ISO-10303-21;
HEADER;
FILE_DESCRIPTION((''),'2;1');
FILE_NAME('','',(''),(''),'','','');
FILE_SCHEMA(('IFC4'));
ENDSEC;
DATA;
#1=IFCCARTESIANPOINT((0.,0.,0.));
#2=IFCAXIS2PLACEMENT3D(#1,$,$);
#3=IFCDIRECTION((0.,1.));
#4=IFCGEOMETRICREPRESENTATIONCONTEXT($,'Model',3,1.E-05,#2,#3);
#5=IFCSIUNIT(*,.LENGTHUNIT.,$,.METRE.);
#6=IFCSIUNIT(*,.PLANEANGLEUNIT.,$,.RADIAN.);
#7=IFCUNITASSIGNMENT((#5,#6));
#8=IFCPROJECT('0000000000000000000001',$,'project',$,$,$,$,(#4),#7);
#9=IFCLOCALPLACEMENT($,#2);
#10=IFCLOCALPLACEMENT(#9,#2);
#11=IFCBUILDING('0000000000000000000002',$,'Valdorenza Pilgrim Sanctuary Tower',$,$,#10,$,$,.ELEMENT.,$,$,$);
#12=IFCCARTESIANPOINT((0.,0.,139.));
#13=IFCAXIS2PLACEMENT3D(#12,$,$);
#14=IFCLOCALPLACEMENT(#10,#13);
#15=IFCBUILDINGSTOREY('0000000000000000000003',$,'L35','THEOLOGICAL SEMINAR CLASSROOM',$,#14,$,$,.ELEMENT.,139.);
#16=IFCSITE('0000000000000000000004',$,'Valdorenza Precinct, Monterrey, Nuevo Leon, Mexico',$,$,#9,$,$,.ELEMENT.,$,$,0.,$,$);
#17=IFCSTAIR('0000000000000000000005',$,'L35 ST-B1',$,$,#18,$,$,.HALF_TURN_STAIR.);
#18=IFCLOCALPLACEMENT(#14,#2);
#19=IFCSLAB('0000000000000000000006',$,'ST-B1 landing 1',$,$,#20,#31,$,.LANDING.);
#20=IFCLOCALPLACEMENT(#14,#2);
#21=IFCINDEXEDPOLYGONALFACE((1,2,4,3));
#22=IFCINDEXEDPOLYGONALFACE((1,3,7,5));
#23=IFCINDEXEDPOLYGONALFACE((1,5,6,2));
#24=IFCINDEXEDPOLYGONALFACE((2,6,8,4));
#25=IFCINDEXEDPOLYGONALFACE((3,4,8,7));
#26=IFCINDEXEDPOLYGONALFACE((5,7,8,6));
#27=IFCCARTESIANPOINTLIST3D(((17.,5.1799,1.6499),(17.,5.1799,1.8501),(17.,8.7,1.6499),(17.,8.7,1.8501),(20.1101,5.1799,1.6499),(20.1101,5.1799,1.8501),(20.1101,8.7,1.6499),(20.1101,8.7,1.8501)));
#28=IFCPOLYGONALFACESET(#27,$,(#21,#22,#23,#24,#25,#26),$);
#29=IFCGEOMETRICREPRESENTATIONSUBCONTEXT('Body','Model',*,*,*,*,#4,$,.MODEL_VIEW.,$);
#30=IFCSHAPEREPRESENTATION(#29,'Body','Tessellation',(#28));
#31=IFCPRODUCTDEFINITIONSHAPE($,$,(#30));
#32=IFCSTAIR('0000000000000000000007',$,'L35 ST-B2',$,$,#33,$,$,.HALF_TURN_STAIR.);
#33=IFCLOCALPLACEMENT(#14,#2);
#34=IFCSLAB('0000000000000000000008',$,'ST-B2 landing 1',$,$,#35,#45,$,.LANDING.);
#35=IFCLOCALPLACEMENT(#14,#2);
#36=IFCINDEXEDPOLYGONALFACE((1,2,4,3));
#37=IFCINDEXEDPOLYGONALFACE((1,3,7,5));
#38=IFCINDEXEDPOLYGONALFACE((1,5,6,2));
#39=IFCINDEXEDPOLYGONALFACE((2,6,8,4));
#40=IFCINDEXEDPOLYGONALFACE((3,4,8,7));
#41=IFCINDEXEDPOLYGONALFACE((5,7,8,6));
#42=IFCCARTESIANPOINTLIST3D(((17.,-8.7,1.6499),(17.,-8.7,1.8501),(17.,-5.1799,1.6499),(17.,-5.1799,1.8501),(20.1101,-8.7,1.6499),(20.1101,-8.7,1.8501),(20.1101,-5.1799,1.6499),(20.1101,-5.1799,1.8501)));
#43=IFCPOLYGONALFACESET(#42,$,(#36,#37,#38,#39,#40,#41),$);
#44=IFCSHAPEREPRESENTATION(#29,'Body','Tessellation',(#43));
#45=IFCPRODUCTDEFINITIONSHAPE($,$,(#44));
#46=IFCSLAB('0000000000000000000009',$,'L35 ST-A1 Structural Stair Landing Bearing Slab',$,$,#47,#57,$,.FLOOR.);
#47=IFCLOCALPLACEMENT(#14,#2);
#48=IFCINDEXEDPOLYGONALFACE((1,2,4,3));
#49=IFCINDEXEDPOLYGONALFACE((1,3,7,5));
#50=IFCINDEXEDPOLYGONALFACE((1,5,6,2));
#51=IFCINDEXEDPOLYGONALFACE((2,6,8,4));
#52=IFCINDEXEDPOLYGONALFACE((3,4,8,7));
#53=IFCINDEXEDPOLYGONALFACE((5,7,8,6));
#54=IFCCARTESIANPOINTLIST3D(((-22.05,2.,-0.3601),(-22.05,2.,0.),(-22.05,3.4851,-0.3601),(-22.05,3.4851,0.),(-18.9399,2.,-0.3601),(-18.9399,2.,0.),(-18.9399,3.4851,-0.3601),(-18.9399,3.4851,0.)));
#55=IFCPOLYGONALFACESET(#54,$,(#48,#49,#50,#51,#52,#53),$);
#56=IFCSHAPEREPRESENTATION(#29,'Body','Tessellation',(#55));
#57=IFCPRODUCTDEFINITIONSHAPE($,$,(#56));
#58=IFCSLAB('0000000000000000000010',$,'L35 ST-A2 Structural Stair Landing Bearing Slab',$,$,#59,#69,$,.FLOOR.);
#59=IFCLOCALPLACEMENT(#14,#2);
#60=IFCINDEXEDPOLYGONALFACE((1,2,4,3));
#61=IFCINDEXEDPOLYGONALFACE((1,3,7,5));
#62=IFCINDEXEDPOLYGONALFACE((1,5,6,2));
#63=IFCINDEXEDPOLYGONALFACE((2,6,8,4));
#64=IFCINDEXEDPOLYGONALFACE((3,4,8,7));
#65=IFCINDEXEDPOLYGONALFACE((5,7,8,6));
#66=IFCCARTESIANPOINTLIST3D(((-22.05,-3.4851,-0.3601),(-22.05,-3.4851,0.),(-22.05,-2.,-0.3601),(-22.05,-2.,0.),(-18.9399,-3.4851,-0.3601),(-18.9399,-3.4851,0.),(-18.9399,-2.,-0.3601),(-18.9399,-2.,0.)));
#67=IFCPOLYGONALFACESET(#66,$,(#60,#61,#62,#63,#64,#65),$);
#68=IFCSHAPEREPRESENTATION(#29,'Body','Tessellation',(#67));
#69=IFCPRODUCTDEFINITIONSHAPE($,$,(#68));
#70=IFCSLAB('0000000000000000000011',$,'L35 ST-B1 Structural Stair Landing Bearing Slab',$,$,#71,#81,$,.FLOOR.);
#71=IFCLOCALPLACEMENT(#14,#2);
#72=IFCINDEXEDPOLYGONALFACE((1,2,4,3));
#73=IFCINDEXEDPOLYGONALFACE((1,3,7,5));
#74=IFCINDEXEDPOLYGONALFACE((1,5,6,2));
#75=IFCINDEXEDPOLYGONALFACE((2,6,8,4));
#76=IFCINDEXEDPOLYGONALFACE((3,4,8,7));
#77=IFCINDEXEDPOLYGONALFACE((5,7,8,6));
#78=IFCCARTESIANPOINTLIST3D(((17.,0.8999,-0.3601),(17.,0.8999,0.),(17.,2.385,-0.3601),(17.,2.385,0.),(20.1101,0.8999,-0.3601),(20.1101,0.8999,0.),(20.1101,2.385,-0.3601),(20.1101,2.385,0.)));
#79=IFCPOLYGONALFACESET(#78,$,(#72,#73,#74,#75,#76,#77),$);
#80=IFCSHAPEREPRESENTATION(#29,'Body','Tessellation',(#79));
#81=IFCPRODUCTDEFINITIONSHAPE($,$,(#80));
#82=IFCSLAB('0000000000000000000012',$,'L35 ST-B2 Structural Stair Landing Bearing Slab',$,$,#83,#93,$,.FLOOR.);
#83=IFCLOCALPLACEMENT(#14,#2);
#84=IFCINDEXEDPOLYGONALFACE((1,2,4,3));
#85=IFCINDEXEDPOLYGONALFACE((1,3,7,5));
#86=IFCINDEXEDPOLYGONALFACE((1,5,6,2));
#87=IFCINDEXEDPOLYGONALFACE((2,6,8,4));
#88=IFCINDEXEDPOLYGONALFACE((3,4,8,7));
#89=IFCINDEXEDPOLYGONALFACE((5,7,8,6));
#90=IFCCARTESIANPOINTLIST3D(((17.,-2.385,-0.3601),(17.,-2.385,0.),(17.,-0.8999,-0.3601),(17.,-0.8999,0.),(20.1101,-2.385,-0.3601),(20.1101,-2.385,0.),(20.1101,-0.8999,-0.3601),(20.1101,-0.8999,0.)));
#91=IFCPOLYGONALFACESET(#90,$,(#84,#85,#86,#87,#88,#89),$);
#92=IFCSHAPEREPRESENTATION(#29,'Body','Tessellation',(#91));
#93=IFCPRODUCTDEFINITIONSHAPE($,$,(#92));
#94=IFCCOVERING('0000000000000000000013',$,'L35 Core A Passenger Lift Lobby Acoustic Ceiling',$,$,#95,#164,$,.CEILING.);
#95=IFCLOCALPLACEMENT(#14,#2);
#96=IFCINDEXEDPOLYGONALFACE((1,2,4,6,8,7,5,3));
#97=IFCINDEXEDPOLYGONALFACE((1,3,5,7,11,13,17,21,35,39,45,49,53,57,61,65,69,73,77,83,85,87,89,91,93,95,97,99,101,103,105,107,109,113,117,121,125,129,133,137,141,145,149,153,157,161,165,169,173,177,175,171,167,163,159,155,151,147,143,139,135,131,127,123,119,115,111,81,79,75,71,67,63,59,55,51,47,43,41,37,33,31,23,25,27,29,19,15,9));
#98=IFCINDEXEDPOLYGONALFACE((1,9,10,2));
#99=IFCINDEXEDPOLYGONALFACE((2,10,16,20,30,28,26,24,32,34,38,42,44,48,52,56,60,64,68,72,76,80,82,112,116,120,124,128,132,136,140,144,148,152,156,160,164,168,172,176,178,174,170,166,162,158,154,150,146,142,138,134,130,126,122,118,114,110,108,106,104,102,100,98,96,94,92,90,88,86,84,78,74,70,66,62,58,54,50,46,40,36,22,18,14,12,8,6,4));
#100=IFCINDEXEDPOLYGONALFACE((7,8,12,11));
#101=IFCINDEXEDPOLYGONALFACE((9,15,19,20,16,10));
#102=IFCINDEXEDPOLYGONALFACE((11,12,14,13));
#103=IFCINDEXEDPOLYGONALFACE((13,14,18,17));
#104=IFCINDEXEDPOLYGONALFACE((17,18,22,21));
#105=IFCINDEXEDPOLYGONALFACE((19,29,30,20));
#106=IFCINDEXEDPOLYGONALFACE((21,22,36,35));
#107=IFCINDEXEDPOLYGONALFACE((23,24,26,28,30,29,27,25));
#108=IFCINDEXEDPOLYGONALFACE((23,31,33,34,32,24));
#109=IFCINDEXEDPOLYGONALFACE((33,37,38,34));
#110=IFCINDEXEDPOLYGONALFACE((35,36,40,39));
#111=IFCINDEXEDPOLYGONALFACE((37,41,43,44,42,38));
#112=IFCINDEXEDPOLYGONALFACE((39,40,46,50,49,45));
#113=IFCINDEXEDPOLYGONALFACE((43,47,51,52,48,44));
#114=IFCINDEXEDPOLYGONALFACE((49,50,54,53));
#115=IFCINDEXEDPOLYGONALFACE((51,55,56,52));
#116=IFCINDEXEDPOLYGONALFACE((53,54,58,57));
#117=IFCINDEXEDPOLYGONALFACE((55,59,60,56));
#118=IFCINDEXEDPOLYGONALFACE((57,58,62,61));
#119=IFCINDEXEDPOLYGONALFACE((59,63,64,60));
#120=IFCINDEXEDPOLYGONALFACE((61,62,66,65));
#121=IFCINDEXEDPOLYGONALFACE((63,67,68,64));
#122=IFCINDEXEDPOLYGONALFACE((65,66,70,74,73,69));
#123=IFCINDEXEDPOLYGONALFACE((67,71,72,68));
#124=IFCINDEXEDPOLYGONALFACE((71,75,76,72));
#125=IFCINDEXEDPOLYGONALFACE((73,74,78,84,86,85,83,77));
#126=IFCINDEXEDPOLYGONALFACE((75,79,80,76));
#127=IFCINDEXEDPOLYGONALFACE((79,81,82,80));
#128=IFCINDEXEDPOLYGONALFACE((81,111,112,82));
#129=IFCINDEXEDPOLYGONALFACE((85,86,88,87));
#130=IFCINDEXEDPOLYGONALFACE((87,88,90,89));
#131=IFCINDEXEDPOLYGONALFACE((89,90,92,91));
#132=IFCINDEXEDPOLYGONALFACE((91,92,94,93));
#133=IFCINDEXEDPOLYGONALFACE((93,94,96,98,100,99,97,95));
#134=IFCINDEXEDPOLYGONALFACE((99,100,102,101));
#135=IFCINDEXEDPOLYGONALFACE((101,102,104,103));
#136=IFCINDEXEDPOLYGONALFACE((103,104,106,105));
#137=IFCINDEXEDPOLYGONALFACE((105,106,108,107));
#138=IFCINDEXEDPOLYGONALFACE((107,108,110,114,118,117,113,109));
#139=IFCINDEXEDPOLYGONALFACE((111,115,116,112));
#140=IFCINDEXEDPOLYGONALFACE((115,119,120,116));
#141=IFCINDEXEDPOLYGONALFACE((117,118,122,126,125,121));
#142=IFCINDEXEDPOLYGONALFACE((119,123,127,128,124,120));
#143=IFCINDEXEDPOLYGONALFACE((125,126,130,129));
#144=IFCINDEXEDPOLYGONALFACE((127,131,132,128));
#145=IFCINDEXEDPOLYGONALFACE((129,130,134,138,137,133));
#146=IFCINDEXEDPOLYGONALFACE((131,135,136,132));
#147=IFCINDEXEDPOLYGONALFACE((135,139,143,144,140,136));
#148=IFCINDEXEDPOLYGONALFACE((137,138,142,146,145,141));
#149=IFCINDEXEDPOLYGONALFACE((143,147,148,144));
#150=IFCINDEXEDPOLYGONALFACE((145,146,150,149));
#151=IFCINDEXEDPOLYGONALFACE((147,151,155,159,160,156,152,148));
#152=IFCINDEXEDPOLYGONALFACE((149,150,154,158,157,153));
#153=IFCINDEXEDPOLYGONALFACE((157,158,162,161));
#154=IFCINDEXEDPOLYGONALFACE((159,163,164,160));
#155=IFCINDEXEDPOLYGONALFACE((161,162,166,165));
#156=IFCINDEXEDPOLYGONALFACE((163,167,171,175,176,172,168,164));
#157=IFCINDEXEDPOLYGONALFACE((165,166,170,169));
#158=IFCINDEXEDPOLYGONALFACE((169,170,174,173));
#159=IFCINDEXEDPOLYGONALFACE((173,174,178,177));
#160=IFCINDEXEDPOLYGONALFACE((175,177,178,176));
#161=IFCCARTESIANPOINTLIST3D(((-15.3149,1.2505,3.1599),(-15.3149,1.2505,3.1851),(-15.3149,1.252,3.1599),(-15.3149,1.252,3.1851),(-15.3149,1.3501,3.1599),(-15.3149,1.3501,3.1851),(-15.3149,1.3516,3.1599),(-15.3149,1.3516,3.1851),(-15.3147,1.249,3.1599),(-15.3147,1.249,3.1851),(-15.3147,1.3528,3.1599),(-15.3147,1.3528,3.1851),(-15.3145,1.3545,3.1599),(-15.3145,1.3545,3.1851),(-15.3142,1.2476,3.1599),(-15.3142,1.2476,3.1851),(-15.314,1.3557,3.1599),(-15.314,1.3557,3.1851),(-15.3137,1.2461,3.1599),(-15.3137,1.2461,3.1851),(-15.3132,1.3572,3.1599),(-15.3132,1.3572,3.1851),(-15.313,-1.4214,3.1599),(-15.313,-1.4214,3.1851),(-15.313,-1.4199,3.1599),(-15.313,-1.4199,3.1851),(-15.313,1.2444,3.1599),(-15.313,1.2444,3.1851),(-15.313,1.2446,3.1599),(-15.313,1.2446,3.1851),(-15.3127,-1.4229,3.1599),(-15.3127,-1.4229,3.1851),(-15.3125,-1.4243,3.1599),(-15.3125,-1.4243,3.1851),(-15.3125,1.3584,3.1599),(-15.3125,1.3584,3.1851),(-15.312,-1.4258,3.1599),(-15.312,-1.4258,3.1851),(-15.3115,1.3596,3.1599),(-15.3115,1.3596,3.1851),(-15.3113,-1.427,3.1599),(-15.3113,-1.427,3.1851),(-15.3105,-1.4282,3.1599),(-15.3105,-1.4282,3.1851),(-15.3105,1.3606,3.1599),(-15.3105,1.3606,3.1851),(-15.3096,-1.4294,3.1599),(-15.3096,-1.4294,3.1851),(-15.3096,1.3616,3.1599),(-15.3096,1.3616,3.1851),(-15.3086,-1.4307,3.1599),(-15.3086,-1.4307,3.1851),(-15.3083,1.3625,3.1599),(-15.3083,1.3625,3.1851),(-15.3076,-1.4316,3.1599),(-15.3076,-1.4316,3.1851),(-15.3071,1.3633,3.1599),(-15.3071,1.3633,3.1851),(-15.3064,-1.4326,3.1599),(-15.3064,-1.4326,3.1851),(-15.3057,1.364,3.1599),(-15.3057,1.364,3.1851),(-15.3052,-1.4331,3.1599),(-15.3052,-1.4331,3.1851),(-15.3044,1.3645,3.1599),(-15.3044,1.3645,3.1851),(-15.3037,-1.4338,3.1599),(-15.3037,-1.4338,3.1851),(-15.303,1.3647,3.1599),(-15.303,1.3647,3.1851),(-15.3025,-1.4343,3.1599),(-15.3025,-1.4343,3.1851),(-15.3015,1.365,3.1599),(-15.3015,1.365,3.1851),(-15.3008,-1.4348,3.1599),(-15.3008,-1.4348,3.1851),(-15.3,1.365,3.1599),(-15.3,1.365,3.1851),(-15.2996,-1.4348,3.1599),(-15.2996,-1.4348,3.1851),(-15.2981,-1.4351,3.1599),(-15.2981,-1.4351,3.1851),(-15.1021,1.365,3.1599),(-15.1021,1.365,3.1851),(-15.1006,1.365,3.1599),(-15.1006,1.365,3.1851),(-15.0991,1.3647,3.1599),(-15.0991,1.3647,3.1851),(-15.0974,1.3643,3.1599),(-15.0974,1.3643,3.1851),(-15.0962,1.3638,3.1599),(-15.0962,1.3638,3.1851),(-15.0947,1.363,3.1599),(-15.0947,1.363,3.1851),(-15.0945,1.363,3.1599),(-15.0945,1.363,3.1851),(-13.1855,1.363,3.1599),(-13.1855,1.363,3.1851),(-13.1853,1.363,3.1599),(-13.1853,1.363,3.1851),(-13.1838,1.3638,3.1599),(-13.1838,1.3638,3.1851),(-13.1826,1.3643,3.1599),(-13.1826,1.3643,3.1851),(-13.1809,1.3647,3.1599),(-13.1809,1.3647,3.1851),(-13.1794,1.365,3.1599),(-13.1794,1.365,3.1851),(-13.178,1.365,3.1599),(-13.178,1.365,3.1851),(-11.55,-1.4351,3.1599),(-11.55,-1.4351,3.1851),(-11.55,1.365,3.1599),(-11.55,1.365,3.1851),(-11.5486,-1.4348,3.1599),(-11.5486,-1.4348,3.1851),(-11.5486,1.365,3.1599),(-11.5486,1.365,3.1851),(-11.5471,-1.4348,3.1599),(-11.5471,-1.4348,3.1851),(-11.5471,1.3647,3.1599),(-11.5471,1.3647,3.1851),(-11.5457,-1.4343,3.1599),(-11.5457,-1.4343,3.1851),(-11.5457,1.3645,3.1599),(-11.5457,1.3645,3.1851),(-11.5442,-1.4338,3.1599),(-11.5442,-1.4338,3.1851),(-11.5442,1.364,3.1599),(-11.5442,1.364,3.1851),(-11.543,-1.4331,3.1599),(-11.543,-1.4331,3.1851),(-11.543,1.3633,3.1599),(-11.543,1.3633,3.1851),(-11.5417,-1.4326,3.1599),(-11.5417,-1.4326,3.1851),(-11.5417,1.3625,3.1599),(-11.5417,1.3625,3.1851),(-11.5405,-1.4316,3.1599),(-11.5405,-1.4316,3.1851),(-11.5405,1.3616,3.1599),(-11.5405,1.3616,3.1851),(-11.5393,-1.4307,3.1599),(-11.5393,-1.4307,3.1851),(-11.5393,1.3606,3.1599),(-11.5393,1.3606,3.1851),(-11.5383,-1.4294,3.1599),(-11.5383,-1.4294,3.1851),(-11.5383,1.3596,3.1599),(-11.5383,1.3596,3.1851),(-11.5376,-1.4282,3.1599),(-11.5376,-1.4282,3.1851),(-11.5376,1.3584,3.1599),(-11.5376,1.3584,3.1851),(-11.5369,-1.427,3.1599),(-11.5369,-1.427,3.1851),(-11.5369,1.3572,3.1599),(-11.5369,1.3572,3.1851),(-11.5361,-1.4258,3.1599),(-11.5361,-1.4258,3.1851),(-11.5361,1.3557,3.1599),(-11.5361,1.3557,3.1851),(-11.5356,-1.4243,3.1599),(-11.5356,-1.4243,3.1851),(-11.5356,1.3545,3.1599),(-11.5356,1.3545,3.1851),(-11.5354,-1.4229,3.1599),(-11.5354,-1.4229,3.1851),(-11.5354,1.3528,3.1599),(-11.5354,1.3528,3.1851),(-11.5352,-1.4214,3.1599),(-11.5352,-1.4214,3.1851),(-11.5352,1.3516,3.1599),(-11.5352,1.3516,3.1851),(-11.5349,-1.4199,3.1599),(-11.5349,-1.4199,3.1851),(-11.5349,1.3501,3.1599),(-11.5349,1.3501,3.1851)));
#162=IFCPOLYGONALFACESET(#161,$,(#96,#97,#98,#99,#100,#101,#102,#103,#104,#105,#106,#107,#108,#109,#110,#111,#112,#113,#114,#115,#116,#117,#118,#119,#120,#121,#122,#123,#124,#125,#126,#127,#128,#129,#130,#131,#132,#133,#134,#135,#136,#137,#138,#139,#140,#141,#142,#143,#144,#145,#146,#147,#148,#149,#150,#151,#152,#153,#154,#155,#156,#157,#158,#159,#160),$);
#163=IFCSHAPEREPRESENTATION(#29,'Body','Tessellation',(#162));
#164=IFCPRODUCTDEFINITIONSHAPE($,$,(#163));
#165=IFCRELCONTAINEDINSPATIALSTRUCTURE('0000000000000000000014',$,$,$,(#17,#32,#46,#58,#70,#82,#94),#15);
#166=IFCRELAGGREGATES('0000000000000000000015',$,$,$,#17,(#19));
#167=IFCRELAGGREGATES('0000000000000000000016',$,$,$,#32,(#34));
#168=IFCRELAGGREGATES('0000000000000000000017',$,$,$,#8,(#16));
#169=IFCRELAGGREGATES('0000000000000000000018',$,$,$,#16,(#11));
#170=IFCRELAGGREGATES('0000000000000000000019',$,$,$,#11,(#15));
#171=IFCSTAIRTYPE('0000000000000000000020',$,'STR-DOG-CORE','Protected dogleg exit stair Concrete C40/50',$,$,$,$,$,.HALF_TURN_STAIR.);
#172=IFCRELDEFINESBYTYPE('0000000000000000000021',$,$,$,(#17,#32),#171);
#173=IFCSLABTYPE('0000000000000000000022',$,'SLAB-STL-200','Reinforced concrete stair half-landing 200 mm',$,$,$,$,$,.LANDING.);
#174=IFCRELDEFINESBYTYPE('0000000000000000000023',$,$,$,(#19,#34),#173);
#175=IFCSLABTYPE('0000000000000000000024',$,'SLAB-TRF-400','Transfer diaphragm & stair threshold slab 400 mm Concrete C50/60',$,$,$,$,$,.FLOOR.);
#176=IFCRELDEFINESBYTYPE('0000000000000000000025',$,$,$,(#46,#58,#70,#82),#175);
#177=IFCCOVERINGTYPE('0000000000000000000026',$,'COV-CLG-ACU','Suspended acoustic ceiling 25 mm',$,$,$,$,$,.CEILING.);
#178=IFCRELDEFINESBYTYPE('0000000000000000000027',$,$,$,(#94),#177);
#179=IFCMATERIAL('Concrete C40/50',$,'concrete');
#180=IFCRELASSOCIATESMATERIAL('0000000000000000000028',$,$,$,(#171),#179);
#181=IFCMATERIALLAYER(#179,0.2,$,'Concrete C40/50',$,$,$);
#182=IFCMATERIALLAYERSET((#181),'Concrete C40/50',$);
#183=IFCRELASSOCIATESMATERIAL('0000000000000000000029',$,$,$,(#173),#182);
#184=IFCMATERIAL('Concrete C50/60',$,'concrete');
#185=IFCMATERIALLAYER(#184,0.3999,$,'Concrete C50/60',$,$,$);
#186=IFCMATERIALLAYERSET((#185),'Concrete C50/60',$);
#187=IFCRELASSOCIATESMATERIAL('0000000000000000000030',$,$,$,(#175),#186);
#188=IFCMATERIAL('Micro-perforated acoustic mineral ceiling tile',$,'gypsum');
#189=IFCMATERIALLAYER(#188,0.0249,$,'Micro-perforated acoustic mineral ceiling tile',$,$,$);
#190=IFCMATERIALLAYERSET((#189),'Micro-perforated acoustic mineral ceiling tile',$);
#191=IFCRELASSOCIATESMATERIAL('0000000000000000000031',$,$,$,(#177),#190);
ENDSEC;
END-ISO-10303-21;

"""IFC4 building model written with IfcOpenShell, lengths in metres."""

from ifc_helpers import new_model, si_unit, direction, frame, origin, place, context, subcontext, project, spatial, polyline, outline, extrude, material, layer, layer_set, type_object, element, aggregate, save


model = new_model("IFC4")

# Units and contexts
model_context = context("Model", 3, precision=1e-05, world=origin(), true_north=direction((0.0, 1.0)))
body_context = subcontext(model_context, "Body", "Model", "MODEL_VIEW")
ifc_project = project(units=[si_unit("LENGTHUNIT", "METRE"), si_unit("PLANEANGLEUNIT", "RADIAN")], contexts=[model_context])

# Site, building, storey
site_placement = place(None, origin())
site = spatial("IfcSite", under=ifc_project, at=site_placement, Name="Valdorenza Precinct, Monterrey, Nuevo Leon, Mexico", CompositionType="ELEMENT", RefElevation=0.0)
building_placement = place(site_placement, origin())
building = spatial("IfcBuilding", under=site, at=building_placement, Name="Valdorenza Pilgrim Sanctuary Tower", CompositionType="ELEMENT")
storey_placement = place(building_placement, frame((0.0, 0.0, 139.0)))
storey = spatial("IfcBuildingStorey", under=building, at=storey_placement, Name="L35", Description="THEOLOGICAL SEMINAR CLASSROOM", CompositionType="ELEMENT", Elevation=139.0)

# Shared definitions
ifc_material_1 = material(Name="Concrete C40/50", Category="concrete")

# Stairs, slabs
stair_type = type_object("IfcStairType", Name="STR-DOG-CORE", Description="Protected dogleg exit stair Concrete C40/50", PredefinedType="HALF_TURN_STAIR", material=ifc_material_1)
ifc_layer_1 = layer(ifc_material_1, 0.2, Name="Concrete C40/50")
ifc_layer_set_1 = layer_set([ifc_layer_1], Name="Concrete C40/50")
slab_type_1 = type_object("IfcSlabType", Name="SLAB-STL-200", Description="Reinforced concrete stair half-landing 200 mm", PredefinedType="LANDING", material=ifc_layer_set_1)
stair_1_placement = place(storey_placement, origin())
stair_1 = element("IfcStair", 1, at=stair_1_placement, inside=storey, type_object=stair_type, Name="L35 ST-B1", PredefinedType="HALF_TURN_STAIR")
slab_1_placement = place(storey_placement, frame((0.0, 0.0, 1.6499)))
slab_1 = element("IfcSlab", 2, at=slab_1_placement, type_object=slab_type_1, Name="ST-B1 landing 1", PredefinedType="LANDING", context=body_context, shape_type="SweptSolid", body=[
    extrude(outline(polyline([(20.1101, 5.1799), (20.1101, 8.7), (17.0, 8.7), (17.0, 5.1799), (20.1101, 5.1799)])), origin(), (0.0, 0.0, 1.0), 0.2002),
])
aggregate(stair_1, [slab_1])
stair_2_placement = place(storey_placement, origin())
stair_2 = element("IfcStair", 3, at=stair_2_placement, inside=storey, type_object=stair_type, Name="L35 ST-B2", PredefinedType="HALF_TURN_STAIR")
slab_2_placement = place(storey_placement, frame((0.0, 0.0, 1.6499)))
slab_2 = element("IfcSlab", 4, at=slab_2_placement, type_object=slab_type_1, Name="ST-B2 landing 1", PredefinedType="LANDING", context=body_context, shape_type="SweptSolid", body=[
    extrude(outline(polyline([(17.0, -5.1799), (17.0, -8.7), (20.1101, -8.7), (20.1101, -5.1799), (17.0, -5.1799)])), origin(), (0.0, 0.0, 1.0), 0.2002),
])
aggregate(stair_2, [slab_2])

# Slabs
ifc_material_2 = material(Name="Concrete C50/60", Category="concrete")
ifc_layer_2 = layer(ifc_material_2, 0.3999, Name="Concrete C50/60")
ifc_layer_set_2 = layer_set([ifc_layer_2], Name="Concrete C50/60")
slab_type_2 = type_object("IfcSlabType", Name="SLAB-TRF-400", Description="Transfer diaphragm & stair threshold slab 400 mm Concrete C50/60", PredefinedType="FLOOR", material=ifc_layer_set_2)
slab_3_placement = place(storey_placement, frame((0.0, 0.0, -0.3601)))
element("IfcSlab", 5, at=slab_3_placement, inside=storey, type_object=slab_type_2, Name="L35 ST-A1 Structural Stair Landing Bearing Slab", PredefinedType="FLOOR", context=body_context, shape_type="SweptSolid", body=[
    extrude(outline(polyline([(-22.05, 2.0), (-18.9399, 2.0), (-18.9399, 3.4851), (-22.05, 3.4851), (-22.05, 2.0)])), origin(), (0.0, 0.0, 1.0), 0.3601),
])
slab_4_placement = place(storey_placement, frame((0.0, 0.0, -0.3601)))
element("IfcSlab", 6, at=slab_4_placement, inside=storey, type_object=slab_type_2, Name="L35 ST-A2 Structural Stair Landing Bearing Slab", PredefinedType="FLOOR", context=body_context, shape_type="SweptSolid", body=[
    extrude(outline(polyline([(-22.05, -3.4851), (-18.9399, -3.4851), (-18.9399, -2.0), (-22.05, -2.0), (-22.05, -3.4851)])), origin(), (0.0, 0.0, 1.0), 0.3601),
])
slab_5_placement = place(storey_placement, frame((0.0, 0.0, -0.3601)))
element("IfcSlab", 7, at=slab_5_placement, inside=storey, type_object=slab_type_2, Name="L35 ST-B1 Structural Stair Landing Bearing Slab", PredefinedType="FLOOR", context=body_context, shape_type="SweptSolid", body=[
    extrude(outline(polyline([(17.0, 0.8999), (20.1101, 0.8999), (20.1101, 2.385), (17.0, 2.385), (17.0, 0.8999)])), origin(), (0.0, 0.0, 1.0), 0.3601),
])
slab_6_placement = place(storey_placement, frame((0.0, 0.0, -0.3601)))
element("IfcSlab", 8, at=slab_6_placement, inside=storey, type_object=slab_type_2, Name="L35 ST-B2 Structural Stair Landing Bearing Slab", PredefinedType="FLOOR", context=body_context, shape_type="SweptSolid", body=[
    extrude(outline(polyline([(17.0, -2.385), (20.1101, -2.385), (20.1101, -0.8999), (17.0, -0.8999), (17.0, -2.385)])), origin(), (0.0, 0.0, 1.0), 0.3601),
])

# Covering
ifc_material_3 = material(Name="Micro-perforated acoustic mineral ceiling tile", Category="gypsum")
ifc_layer_3 = layer(ifc_material_3, 0.0249, Name="Micro-perforated acoustic mineral ceiling tile")
ifc_layer_set_3 = layer_set([ifc_layer_3], Name="Micro-perforated acoustic mineral ceiling tile")
covering_type_1 = type_object("IfcCoveringType", Name="COV-CLG-ACU", Description="Suspended acoustic ceiling 25 mm", PredefinedType="CEILING", material=ifc_layer_set_3)
covering_1_placement = place(storey_placement, frame((0.0, 0.0, 3.1599)))
element("IfcCovering", 9, at=covering_1_placement, inside=storey, type_object=covering_type_1, Name="L35 Core A Passenger Lift Lobby Acoustic Ceiling", PredefinedType="CEILING", context=body_context, shape_type="SweptSolid", body=[
    extrude(outline(polyline([(-15.313, 1.2444), (-15.313, 1.2446), (-15.3137, 1.2461), (-15.3142, 1.2476), (-15.3147, 1.249), (-15.3149, 1.2505), (-15.3149, 1.252), (-15.3149, 1.3501), (-15.3149, 1.3516), (-15.3147, 1.3528), (-15.3145, 1.3545), (-15.314, 1.3557), (-15.3132, 1.3572), (-15.3125, 1.3584), (-15.3115, 1.3596), (-15.3105, 1.3606), (-15.3096, 1.3616), (-15.3083, 1.3625), (-15.3071, 1.3633), (-15.3057, 1.364), (-15.3044, 1.3645), (-15.303, 1.3647), (-15.3015, 1.365), (-15.3, 1.365), (-15.1021, 1.365), (-15.1006, 1.365), (-15.0991, 1.3647), (-15.0974, 1.3643), (-15.0962, 1.3638), (-15.0947, 1.363), (-15.0945, 1.363), (-13.1855, 1.363), (-13.1853, 1.363), (-13.1838, 1.3638), (-13.1826, 1.3643), (-13.1809, 1.3647), (-13.1794, 1.365), (-13.178, 1.365), (-11.55, 1.365), (-11.5486, 1.365), (-11.5471, 1.3647), (-11.5457, 1.3645), (-11.5442, 1.364), (-11.543, 1.3633), (-11.5417, 1.3625), (-11.5405, 1.3616), (-11.5393, 1.3606), (-11.5383, 1.3596), (-11.5376, 1.3584), (-11.5369, 1.3572), (-11.5361, 1.3557), (-11.5356, 1.3545), (-11.5354, 1.3528), (-11.5352, 1.3516), (-11.5349, 1.3501), (-11.5349, -1.4199), (-11.5352, -1.4214), (-11.5354, -1.4229), (-11.5356, -1.4243), (-11.5361, -1.4258), (-11.5369, -1.427), (-11.5376, -1.4282), (-11.5383, -1.4294), (-11.5393, -1.4307), (-11.5405, -1.4316), (-11.5417, -1.4326), (-11.543, -1.4331), (-11.5442, -1.4338), (-11.5457, -1.4343), (-11.5471, -1.4348), (-11.5486, -1.4348), (-11.55, -1.4351), (-15.2981, -1.4351), (-15.2996, -1.4348), (-15.3008, -1.4348), (-15.3025, -1.4343), (-15.3037, -1.4338), (-15.3052, -1.4331), (-15.3064, -1.4326), (-15.3076, -1.4316), (-15.3086, -1.4307), (-15.3096, -1.4294), (-15.3105, -1.4282), (-15.3113, -1.427), (-15.312, -1.4258), (-15.3125, -1.4243), (-15.3127, -1.4229), (-15.313, -1.4214), (-15.313, -1.4199), (-15.313, 1.2444)])), origin(), (0.0, 0.0, 1.0), 0.0251),
])

save(model, "model.ifc")
